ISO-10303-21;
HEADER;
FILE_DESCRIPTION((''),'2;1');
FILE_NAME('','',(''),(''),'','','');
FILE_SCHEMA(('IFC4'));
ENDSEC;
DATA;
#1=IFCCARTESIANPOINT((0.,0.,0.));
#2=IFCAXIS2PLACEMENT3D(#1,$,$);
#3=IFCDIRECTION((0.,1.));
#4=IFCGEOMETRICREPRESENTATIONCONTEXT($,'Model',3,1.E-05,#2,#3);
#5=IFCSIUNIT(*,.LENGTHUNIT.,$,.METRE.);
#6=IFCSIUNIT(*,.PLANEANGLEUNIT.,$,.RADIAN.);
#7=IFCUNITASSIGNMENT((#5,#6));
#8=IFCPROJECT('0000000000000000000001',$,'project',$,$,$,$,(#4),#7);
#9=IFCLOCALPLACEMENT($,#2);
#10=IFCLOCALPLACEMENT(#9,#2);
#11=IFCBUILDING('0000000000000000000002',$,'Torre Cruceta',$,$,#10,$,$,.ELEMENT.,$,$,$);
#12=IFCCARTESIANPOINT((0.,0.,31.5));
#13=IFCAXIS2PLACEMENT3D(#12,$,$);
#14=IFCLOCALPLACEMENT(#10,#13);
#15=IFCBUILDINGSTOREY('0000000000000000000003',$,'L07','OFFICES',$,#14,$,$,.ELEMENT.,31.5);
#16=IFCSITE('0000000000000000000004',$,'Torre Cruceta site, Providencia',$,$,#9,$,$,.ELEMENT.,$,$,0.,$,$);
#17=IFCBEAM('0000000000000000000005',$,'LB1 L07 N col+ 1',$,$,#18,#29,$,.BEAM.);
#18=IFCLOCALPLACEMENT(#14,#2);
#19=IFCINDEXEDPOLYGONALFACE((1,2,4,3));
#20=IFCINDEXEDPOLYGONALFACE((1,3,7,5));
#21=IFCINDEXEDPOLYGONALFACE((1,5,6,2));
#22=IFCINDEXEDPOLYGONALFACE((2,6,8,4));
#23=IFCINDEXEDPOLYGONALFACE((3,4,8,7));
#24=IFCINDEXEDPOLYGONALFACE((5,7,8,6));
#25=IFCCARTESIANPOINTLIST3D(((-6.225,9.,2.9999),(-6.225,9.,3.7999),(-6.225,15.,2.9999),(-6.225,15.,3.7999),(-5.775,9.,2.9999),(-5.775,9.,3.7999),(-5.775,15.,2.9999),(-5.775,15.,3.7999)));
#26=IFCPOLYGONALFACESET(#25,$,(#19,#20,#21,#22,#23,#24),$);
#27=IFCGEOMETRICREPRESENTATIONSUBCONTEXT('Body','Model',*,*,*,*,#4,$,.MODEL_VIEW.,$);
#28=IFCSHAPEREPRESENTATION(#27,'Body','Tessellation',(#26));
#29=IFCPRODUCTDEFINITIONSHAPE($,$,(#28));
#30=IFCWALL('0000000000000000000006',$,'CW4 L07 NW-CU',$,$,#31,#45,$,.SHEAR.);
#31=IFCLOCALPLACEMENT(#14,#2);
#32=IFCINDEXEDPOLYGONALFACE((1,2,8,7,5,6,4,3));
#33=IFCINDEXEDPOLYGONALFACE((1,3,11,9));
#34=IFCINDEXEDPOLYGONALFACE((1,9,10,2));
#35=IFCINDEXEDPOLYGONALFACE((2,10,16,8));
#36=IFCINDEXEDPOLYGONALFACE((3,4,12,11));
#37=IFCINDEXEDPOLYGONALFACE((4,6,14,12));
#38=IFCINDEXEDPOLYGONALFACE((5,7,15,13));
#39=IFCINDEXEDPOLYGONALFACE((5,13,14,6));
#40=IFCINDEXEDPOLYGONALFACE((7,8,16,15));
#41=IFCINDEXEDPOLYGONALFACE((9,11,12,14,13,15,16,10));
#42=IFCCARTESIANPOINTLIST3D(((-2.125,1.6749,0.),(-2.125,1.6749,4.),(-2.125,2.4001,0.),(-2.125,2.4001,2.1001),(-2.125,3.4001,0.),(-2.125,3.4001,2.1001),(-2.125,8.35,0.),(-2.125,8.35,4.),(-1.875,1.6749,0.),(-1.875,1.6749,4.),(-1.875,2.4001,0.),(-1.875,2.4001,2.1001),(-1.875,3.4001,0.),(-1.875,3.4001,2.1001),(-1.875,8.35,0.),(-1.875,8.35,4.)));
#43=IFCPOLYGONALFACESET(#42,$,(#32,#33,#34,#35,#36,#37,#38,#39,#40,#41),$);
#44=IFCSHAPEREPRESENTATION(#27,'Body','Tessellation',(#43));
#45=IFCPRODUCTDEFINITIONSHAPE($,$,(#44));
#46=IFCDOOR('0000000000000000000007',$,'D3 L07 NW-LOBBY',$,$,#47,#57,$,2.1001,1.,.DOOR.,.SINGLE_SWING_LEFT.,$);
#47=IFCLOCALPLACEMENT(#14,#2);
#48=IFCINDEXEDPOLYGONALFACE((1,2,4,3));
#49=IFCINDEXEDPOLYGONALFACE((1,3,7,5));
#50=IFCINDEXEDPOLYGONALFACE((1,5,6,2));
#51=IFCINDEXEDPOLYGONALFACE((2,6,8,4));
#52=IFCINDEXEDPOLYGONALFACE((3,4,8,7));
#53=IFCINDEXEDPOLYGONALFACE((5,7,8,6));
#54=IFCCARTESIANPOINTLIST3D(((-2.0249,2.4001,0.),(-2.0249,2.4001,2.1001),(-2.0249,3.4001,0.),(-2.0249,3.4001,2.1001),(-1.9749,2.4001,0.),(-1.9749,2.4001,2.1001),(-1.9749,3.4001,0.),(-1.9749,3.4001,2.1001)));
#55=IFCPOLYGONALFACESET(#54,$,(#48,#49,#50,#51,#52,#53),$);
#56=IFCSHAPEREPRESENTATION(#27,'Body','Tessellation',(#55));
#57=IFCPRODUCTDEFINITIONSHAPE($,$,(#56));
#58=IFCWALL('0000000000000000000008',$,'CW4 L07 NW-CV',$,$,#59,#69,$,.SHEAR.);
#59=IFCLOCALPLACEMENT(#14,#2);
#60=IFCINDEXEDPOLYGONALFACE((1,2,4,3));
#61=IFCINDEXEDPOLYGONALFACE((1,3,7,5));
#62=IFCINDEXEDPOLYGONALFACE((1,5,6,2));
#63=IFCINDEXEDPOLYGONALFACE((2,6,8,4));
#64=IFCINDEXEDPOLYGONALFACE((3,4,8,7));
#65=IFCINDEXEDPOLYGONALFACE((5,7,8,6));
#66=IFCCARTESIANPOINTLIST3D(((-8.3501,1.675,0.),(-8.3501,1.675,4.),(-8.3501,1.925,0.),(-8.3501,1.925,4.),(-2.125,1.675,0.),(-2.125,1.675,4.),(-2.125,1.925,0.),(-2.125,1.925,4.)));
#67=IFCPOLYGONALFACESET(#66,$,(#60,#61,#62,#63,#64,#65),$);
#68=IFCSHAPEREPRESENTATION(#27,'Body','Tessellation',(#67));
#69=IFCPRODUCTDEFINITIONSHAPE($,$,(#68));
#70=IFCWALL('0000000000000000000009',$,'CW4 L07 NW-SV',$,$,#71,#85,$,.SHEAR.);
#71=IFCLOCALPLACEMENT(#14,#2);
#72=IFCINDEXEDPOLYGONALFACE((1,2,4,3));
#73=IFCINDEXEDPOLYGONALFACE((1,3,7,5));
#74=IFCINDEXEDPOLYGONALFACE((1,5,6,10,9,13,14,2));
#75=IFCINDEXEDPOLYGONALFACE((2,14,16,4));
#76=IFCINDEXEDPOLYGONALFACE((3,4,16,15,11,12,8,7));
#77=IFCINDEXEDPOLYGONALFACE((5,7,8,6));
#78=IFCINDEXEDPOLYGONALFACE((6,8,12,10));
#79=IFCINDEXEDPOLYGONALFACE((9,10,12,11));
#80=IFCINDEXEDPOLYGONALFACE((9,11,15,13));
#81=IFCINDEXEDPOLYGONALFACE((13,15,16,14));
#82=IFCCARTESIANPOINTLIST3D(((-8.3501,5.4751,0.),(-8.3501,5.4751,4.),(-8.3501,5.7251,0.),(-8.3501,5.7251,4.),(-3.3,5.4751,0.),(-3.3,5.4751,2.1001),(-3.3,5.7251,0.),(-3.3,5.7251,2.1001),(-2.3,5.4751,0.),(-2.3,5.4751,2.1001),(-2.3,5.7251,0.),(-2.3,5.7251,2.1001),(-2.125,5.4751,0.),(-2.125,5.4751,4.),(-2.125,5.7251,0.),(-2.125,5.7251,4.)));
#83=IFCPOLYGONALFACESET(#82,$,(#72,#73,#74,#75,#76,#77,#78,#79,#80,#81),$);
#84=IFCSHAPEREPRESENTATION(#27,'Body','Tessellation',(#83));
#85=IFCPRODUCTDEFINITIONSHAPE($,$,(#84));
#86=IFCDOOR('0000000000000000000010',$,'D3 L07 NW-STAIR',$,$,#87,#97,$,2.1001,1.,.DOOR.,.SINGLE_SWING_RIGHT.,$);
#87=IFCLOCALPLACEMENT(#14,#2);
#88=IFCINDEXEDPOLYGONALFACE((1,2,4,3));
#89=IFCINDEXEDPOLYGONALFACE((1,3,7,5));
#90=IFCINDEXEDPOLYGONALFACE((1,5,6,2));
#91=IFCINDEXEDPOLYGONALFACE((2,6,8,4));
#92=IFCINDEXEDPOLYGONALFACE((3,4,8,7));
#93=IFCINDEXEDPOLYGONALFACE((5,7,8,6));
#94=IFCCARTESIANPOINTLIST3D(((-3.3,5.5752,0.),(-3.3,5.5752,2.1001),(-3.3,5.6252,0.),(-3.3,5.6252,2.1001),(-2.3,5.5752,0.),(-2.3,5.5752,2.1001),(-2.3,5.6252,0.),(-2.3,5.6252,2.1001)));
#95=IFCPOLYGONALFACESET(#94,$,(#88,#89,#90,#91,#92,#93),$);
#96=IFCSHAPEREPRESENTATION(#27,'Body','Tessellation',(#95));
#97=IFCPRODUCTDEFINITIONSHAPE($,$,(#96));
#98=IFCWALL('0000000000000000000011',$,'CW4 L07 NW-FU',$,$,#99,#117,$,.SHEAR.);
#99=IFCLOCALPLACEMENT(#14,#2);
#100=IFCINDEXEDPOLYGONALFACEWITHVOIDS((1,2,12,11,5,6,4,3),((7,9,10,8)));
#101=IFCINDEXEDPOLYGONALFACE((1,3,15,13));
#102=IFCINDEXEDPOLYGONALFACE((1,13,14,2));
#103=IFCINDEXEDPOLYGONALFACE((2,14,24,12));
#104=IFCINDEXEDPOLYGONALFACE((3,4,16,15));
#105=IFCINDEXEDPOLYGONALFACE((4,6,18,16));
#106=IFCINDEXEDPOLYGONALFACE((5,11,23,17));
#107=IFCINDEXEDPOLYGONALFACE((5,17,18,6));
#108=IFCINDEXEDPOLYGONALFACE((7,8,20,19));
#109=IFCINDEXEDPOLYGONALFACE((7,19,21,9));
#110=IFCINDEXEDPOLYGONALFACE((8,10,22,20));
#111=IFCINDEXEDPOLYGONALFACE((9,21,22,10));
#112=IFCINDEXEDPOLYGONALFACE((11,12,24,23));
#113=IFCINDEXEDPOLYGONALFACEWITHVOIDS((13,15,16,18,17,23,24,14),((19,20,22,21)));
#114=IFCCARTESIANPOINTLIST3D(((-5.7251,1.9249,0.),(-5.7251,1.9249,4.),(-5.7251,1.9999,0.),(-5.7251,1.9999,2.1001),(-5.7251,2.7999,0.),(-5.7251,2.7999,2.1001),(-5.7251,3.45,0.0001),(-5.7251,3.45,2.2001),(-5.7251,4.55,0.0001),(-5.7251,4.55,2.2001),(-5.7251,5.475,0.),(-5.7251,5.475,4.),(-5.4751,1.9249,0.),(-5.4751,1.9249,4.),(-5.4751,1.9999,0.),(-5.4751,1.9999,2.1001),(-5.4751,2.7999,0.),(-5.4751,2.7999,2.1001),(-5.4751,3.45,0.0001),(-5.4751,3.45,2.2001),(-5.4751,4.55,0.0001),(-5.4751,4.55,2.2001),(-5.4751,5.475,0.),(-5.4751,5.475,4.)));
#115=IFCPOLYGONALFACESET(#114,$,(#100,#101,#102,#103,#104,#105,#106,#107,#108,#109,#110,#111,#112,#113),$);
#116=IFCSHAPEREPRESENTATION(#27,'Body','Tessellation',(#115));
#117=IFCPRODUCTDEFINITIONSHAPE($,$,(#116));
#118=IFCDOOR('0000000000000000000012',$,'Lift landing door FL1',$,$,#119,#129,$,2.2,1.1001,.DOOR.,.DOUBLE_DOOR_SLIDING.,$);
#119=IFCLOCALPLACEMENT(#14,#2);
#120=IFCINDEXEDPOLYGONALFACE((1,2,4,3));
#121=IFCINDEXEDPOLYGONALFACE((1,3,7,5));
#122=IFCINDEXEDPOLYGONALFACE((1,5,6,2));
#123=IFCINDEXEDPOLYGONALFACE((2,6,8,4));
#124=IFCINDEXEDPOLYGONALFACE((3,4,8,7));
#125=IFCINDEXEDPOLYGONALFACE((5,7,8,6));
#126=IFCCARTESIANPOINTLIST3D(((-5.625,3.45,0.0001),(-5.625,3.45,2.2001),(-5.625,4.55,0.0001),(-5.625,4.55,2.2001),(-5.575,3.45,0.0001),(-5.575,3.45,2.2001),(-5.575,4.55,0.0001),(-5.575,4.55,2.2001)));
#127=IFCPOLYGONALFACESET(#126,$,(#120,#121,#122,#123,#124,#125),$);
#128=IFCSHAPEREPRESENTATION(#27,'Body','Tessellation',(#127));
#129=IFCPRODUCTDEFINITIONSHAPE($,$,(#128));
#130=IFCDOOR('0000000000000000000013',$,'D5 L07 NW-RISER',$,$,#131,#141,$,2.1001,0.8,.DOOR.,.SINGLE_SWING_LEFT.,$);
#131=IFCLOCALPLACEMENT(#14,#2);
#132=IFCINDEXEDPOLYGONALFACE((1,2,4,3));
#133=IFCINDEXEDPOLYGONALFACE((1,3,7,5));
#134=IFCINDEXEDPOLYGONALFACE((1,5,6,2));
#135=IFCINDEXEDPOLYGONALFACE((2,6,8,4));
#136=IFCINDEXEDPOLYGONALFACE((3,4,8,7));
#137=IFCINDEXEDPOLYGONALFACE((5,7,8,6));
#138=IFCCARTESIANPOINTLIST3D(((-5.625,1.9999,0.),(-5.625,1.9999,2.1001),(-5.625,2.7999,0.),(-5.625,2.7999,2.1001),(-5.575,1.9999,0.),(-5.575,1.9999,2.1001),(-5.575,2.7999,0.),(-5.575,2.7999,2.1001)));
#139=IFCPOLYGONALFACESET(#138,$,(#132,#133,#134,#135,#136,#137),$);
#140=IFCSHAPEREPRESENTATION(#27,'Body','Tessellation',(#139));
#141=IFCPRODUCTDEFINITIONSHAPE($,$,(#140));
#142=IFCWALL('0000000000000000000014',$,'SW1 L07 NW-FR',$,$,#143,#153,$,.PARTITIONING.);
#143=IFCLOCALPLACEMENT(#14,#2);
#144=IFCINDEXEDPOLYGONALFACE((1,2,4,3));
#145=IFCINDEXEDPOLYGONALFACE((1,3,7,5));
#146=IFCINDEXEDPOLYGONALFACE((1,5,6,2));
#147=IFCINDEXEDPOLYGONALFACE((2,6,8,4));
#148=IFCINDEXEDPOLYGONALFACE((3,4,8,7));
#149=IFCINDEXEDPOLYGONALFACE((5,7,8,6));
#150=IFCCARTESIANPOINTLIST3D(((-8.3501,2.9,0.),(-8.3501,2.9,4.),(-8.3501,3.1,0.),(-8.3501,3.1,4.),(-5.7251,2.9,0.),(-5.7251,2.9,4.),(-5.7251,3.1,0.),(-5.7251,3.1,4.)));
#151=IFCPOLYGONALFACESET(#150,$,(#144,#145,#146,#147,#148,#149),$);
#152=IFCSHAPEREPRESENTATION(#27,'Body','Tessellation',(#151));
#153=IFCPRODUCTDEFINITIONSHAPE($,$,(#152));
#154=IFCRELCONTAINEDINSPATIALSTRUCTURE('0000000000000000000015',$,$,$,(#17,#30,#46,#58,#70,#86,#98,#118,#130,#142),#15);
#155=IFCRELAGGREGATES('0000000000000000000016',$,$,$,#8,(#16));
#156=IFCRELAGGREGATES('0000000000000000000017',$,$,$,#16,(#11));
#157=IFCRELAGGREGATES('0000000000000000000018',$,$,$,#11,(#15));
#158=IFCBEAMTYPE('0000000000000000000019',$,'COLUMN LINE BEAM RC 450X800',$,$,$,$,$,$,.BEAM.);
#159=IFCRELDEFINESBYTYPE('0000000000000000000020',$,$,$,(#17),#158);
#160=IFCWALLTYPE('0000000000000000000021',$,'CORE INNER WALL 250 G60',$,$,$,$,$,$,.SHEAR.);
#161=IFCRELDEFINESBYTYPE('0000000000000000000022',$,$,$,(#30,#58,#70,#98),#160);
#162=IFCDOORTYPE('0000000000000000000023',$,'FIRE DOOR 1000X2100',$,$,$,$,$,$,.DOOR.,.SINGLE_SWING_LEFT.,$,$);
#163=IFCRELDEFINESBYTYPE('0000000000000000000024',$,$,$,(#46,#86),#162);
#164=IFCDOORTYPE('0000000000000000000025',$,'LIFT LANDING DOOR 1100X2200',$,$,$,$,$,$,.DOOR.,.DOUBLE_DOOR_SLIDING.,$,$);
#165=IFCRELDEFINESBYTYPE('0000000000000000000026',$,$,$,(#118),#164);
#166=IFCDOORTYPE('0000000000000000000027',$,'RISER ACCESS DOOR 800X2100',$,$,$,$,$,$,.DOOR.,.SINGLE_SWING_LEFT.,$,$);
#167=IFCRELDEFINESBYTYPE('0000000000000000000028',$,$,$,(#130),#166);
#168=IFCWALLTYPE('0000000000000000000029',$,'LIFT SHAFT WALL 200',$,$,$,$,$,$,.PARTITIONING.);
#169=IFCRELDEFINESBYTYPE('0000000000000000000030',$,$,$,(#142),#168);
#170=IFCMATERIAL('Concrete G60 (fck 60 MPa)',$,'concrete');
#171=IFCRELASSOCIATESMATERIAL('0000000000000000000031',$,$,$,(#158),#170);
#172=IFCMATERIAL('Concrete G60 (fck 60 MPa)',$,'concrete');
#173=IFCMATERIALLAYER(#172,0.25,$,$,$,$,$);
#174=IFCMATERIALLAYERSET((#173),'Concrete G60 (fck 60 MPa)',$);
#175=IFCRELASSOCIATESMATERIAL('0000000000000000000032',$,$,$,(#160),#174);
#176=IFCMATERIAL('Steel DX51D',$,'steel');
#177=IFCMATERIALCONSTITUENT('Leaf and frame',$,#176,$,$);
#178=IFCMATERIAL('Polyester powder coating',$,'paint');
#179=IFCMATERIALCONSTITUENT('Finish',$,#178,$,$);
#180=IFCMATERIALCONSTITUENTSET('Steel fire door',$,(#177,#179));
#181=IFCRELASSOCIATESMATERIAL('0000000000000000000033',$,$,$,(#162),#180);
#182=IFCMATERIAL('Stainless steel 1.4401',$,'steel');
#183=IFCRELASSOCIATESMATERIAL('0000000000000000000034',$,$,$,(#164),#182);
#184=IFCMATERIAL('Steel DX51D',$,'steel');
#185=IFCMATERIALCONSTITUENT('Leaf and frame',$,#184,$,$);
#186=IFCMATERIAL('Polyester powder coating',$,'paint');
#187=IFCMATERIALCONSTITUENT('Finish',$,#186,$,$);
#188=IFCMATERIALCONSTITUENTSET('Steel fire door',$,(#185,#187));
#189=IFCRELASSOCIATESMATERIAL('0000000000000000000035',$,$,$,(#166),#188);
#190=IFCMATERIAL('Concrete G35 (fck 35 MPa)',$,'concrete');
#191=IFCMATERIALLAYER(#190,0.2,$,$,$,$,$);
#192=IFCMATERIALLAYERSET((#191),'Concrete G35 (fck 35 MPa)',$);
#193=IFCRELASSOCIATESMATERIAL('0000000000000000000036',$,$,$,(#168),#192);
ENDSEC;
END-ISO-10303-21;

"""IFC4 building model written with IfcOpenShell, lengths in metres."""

from ifc_helpers import new_model, si_unit, direction, frame, frame_2d, origin, origin_2d, place, context, subcontext, project, spatial, rectangle, extrude, material, layer, layer_set, constituent, constituent_set, material_profile, profile_set, type_object, element, fill, save


model = new_model("IFC4")

# Units and contexts
model_context = context("Model", 3, precision=1e-05, world=origin(), true_north=direction((0.0, 1.0)))
body_context = subcontext(model_context, "Body", "Model", "MODEL_VIEW")
ifc_project = project(units=[si_unit("LENGTHUNIT", "METRE"), si_unit("PLANEANGLEUNIT", "RADIAN")], contexts=[model_context])

# Site, building, storey
site_placement = place(None, origin())
site = spatial("IfcSite", under=ifc_project, at=site_placement, Name="Torre Cruceta site, Providencia", CompositionType="ELEMENT", RefElevation=0.0)
building_placement = place(site_placement, origin())
building = spatial("IfcBuilding", under=site, at=building_placement, Name="Torre Cruceta", CompositionType="ELEMENT")
storey_placement = place(building_placement, frame((0.0, 0.0, 31.5)))
storey = spatial("IfcBuildingStorey", under=building, at=storey_placement, Name="L07", Description="OFFICES", CompositionType="ELEMENT", Elevation=31.5)

# Beam
ifc_material_1 = material(Name="Concrete G60 (fck 60 MPa)", Category="concrete")
ifc_material_profile = material_profile(ifc_material_1, rectangle(XDim=0.45, YDim=0.8, at=origin_2d()), Name="RC 450X800")
ifc_profile_set = profile_set([ifc_material_profile], Name="Concrete G60 (fck 60 MPa)")
beam_type = type_object("IfcBeamType", Name="COLUMN LINE BEAM RC 450X800", PredefinedType="BEAM", material=ifc_profile_set)
beam_placement = place(storey_placement, frame((-6.0, 9.0, 3.3999), z_axis=(0.0, 1.0, 0.0), x_axis=(-1.0, 0.0, 0.0)))
element("IfcBeam", 1, at=beam_placement, inside=storey, type_object=beam_type, Name="LB1 L07 N col+ 1", PredefinedType="BEAM", context=body_context, shape_type="SweptSolid", body=[
    extrude(rectangle(XDim=0.45, YDim=0.8, at=origin_2d()), origin(), (0.0, 0.0, 1.0), 6.0),
])

# Wall, opening, door
ifc_material_2 = material(Name="Concrete G60 (fck 60 MPa)", Category="concrete")
ifc_layer_1 = layer(ifc_material_2, 0.25)
ifc_layer_set_1 = layer_set([ifc_layer_1], Name="Concrete G60 (fck 60 MPa)")
wall_type_1 = type_object("IfcWallType", Name="CORE INNER WALL 250 G60", PredefinedType="SHEAR", material=ifc_layer_set_1)
wall_1_placement = place(storey_placement, frame((-2.0, 1.675, 0.0), z_axis=(0.0, 0.0, 1.0), x_axis=(0.0, 1.0, 0.0)))
wall_1 = element("IfcWall", 2, at=wall_1_placement, inside=storey, type_object=wall_type_1, Name="CW4 L07 NW-CU", PredefinedType="SHEAR", context=body_context, shape_type="SweptSolid", body=[
    extrude(rectangle(XDim=6.675, YDim=0.25, at=frame_2d((3.3374, 0.0))), origin(), (0.0, 0.0, 1.0), 4.0),
])
opening_1_placement = place(wall_1_placement, frame((0.7251, 0.0, 0.0)))
opening_1 = element("IfcOpeningElement", 3, at=opening_1_placement, cuts=wall_1, PredefinedType="OPENING", context=body_context, shape_type="SweptSolid", body=[
    extrude(rectangle(XDim=1.0, YDim=2.1001, at=frame_2d((0.5, 1.05))), frame((0.0, 0.135, 0.0), z_axis=(0.0, -1.0, 0.0), x_axis=(1.0, 0.0, 0.0)), (0.0, 0.0, 1.0), 0.27),
])
ifc_material_3 = material(Name="Steel DX51D", Category="steel")
ifc_constituent_1 = constituent(ifc_material_3, Name="Leaf and frame")
ifc_material_4 = material(Name="Polyester powder coating", Category="paint")
ifc_constituent_2 = constituent(ifc_material_4, Name="Finish")
ifc_constituent_set_1 = constituent_set(constituents=[ifc_constituent_1, ifc_constituent_2], Name="Steel fire door")
door_type_1 = type_object("IfcDoorType", Name="FIRE DOOR 1000X2100", OperationType="SINGLE_SWING_LEFT", PredefinedType="DOOR", material=ifc_constituent_set_1)
door_1_placement = place(opening_1_placement, origin())
door_1 = element("IfcDoor", 4, at=door_1_placement, inside=storey, type_object=door_type_1, Name="D3 L07 NW-LOBBY", OperationType="SINGLE_SWING_LEFT", OverallHeight=2.1001, OverallWidth=1.0, PredefinedType="DOOR", context=body_context, shape_type="SweptSolid", body=[
    extrude(rectangle(XDim=1.0, YDim=2.1001, at=frame_2d((0.5, 1.05))), frame((0.0, 0.0249, 0.0), z_axis=(0.0, -1.0, 0.0), x_axis=(1.0, 0.0, 0.0)), (0.0, 0.0, 1.0), 0.05),
])
fill(opening_1, door_1)

# Wall
wall_2_placement = place(storey_placement, frame((-2.125, 1.8, 0.0), z_axis=(0.0, 0.0, 1.0), x_axis=(-1.0, 0.0, 0.0)))
element("IfcWall", 5, at=wall_2_placement, inside=storey, type_object=wall_type_1, Name="CW4 L07 NW-CV", PredefinedType="SHEAR", context=body_context, shape_type="SweptSolid", body=[
    extrude(rectangle(XDim=6.2251, YDim=0.25, at=frame_2d((3.1125, 0.0))), origin(), (0.0, 0.0, 1.0), 4.0),
])

# Wall, opening, door
wall_3_placement = place(storey_placement, frame((-2.125, 5.6001, 0.0), z_axis=(0.0, 0.0, 1.0), x_axis=(-1.0, 0.0, 0.0)))
wall_3 = element("IfcWall", 6, at=wall_3_placement, inside=storey, type_object=wall_type_1, Name="CW4 L07 NW-SV", PredefinedType="SHEAR", context=body_context, shape_type="SweptSolid", body=[
    extrude(rectangle(XDim=6.2251, YDim=0.25, at=frame_2d((3.1125, 0.0))), origin(), (0.0, 0.0, 1.0), 4.0),
])
opening_2_placement = place(wall_3_placement, frame((0.175, 0.0, 0.0)))
opening_2 = element("IfcOpeningElement", 7, at=opening_2_placement, cuts=wall_3, PredefinedType="OPENING", context=body_context, shape_type="SweptSolid", body=[
    extrude(rectangle(XDim=1.0, YDim=2.1001, at=frame_2d((0.5, 1.05))), frame((0.0, 0.135, 0.0), z_axis=(0.0, -1.0, 0.0), x_axis=(1.0, 0.0, 0.0)), (0.0, 0.0, 1.0), 0.27),
])
door_2_placement = place(opening_2_placement, frame((1.0, 0.0, 0.0), z_axis=(0.0, 0.0, 1.0), x_axis=(-1.0, 0.0, 0.0)))
door_2 = element("IfcDoor", 8, at=door_2_placement, inside=storey, type_object=door_type_1, Name="D3 L07 NW-STAIR", OperationType="SINGLE_SWING_RIGHT", OverallHeight=2.1001, OverallWidth=1.0, PredefinedType="DOOR", context=body_context, shape_type="SweptSolid", body=[
    extrude(rectangle(XDim=1.0, YDim=2.1001, at=frame_2d((0.5, 1.05))), frame((0.0, 0.0251, 0.0), z_axis=(0.0, -1.0, 0.0), x_axis=(1.0, 0.0, 0.0)), (0.0, 0.0, 1.0), 0.05),
])
fill(opening_2, door_2)

# Wall, openings, doors
wall_4_placement = place(storey_placement, frame((-5.6001, 1.925, 0.0), z_axis=(0.0, 0.0, 1.0), x_axis=(0.0, 1.0, 0.0)))
wall_4 = element("IfcWall", 9, at=wall_4_placement, inside=storey, type_object=wall_type_1, Name="CW4 L07 NW-FU", PredefinedType="SHEAR", context=body_context, shape_type="SweptSolid", body=[
    extrude(rectangle(XDim=3.55, YDim=0.25, at=frame_2d((1.7749, 0.0))), origin(), (0.0, 0.0, 1.0), 4.0),
])
opening_3_placement = place(wall_4_placement, frame((1.5249, 0.0, 0.0)))
opening_3 = element("IfcOpeningElement", 10, at=opening_3_placement, cuts=wall_4, PredefinedType="OPENING", context=body_context, shape_type="SweptSolid", body=[
    extrude(rectangle(XDim=1.1001, YDim=2.2, at=frame_2d((0.55, 1.1001))), frame((0.0, 0.135, 0.0), z_axis=(0.0, -1.0, 0.0), x_axis=(1.0, 0.0, 0.0)), (0.0, 0.0, 1.0), 0.27),
])
opening_4_placement = place(wall_4_placement, frame((0.075, 0.0, 0.0)))
opening_4 = element("IfcOpeningElement", 11, at=opening_4_placement, cuts=wall_4, PredefinedType="OPENING", context=body_context, shape_type="SweptSolid", body=[
    extrude(rectangle(XDim=0.8, YDim=2.1001, at=frame_2d((0.3999, 1.05))), frame((0.0, 0.135, 0.0), z_axis=(0.0, -1.0, 0.0), x_axis=(1.0, 0.0, 0.0)), (0.0, 0.0, 1.0), 0.27),
])
ifc_material_5 = material(Name="Stainless steel 1.4401", Category="steel")
door_type_2 = type_object("IfcDoorType", Name="LIFT LANDING DOOR 1100X2200", OperationType="DOUBLE_DOOR_SLIDING", PredefinedType="DOOR", material=ifc_material_5)
door_3_placement = place(opening_3_placement, origin())
door_3 = element("IfcDoor", 12, at=door_3_placement, inside=storey, type_object=door_type_2, Name="Lift landing door FL1", OperationType="DOUBLE_DOOR_SLIDING", OverallHeight=2.2, OverallWidth=1.1001, PredefinedType="DOOR", context=body_context, shape_type="SweptSolid", body=[
    extrude(rectangle(XDim=1.1001, YDim=2.2, at=frame_2d((0.55, 1.1001))), frame((0.0, 0.0249, 0.0), z_axis=(0.0, -1.0, 0.0), x_axis=(1.0, 0.0, 0.0)), (0.0, 0.0, 1.0), 0.05),
])
fill(opening_3, door_3)
ifc_material_6 = material(Name="Steel DX51D", Category="steel")
ifc_constituent_3 = constituent(ifc_material_6, Name="Leaf and frame")
ifc_material_7 = material(Name="Polyester powder coating", Category="paint")
ifc_constituent_4 = constituent(ifc_material_7, Name="Finish")
ifc_constituent_set_2 = constituent_set(constituents=[ifc_constituent_3, ifc_constituent_4], Name="Steel fire door")
door_type_3 = type_object("IfcDoorType", Name="RISER ACCESS DOOR 800X2100", OperationType="SINGLE_SWING_LEFT", PredefinedType="DOOR", material=ifc_constituent_set_2)
door_4_placement = place(opening_4_placement, origin())
door_4 = element("IfcDoor", 13, at=door_4_placement, inside=storey, type_object=door_type_3, Name="D5 L07 NW-RISER", OperationType="SINGLE_SWING_LEFT", OverallHeight=2.1001, OverallWidth=0.8, PredefinedType="DOOR", context=body_context, shape_type="SweptSolid", body=[
    extrude(rectangle(XDim=0.8, YDim=2.1001, at=frame_2d((0.3999, 1.05))), frame((0.0, 0.0249, 0.0), z_axis=(0.0, -1.0, 0.0), x_axis=(1.0, 0.0, 0.0)), (0.0, 0.0, 1.0), 0.05),
])
fill(opening_4, door_4)

# Wall
ifc_material_8 = material(Name="Concrete G35 (fck 35 MPa)", Category="concrete")
ifc_layer_2 = layer(ifc_material_8, 0.2)
ifc_layer_set_2 = layer_set([ifc_layer_2], Name="Concrete G35 (fck 35 MPa)")
wall_type_2 = type_object("IfcWallType", Name="LIFT SHAFT WALL 200", PredefinedType="PARTITIONING", material=ifc_layer_set_2)
wall_5_placement = place(storey_placement, frame((-5.7251, 3.0, 0.0), z_axis=(0.0, 0.0, 1.0), x_axis=(-1.0, 0.0, 0.0)))
element("IfcWall", 14, at=wall_5_placement, inside=storey, type_object=wall_type_2, Name="SW1 L07 NW-FR", PredefinedType="PARTITIONING", context=body_context, shape_type="SweptSolid", body=[
    extrude(rectangle(XDim=2.625, YDim=0.2, at=frame_2d((1.3125, 0.0))), origin(), (0.0, 0.0, 1.0), 4.0),
])

save(model, "model.ifc")
